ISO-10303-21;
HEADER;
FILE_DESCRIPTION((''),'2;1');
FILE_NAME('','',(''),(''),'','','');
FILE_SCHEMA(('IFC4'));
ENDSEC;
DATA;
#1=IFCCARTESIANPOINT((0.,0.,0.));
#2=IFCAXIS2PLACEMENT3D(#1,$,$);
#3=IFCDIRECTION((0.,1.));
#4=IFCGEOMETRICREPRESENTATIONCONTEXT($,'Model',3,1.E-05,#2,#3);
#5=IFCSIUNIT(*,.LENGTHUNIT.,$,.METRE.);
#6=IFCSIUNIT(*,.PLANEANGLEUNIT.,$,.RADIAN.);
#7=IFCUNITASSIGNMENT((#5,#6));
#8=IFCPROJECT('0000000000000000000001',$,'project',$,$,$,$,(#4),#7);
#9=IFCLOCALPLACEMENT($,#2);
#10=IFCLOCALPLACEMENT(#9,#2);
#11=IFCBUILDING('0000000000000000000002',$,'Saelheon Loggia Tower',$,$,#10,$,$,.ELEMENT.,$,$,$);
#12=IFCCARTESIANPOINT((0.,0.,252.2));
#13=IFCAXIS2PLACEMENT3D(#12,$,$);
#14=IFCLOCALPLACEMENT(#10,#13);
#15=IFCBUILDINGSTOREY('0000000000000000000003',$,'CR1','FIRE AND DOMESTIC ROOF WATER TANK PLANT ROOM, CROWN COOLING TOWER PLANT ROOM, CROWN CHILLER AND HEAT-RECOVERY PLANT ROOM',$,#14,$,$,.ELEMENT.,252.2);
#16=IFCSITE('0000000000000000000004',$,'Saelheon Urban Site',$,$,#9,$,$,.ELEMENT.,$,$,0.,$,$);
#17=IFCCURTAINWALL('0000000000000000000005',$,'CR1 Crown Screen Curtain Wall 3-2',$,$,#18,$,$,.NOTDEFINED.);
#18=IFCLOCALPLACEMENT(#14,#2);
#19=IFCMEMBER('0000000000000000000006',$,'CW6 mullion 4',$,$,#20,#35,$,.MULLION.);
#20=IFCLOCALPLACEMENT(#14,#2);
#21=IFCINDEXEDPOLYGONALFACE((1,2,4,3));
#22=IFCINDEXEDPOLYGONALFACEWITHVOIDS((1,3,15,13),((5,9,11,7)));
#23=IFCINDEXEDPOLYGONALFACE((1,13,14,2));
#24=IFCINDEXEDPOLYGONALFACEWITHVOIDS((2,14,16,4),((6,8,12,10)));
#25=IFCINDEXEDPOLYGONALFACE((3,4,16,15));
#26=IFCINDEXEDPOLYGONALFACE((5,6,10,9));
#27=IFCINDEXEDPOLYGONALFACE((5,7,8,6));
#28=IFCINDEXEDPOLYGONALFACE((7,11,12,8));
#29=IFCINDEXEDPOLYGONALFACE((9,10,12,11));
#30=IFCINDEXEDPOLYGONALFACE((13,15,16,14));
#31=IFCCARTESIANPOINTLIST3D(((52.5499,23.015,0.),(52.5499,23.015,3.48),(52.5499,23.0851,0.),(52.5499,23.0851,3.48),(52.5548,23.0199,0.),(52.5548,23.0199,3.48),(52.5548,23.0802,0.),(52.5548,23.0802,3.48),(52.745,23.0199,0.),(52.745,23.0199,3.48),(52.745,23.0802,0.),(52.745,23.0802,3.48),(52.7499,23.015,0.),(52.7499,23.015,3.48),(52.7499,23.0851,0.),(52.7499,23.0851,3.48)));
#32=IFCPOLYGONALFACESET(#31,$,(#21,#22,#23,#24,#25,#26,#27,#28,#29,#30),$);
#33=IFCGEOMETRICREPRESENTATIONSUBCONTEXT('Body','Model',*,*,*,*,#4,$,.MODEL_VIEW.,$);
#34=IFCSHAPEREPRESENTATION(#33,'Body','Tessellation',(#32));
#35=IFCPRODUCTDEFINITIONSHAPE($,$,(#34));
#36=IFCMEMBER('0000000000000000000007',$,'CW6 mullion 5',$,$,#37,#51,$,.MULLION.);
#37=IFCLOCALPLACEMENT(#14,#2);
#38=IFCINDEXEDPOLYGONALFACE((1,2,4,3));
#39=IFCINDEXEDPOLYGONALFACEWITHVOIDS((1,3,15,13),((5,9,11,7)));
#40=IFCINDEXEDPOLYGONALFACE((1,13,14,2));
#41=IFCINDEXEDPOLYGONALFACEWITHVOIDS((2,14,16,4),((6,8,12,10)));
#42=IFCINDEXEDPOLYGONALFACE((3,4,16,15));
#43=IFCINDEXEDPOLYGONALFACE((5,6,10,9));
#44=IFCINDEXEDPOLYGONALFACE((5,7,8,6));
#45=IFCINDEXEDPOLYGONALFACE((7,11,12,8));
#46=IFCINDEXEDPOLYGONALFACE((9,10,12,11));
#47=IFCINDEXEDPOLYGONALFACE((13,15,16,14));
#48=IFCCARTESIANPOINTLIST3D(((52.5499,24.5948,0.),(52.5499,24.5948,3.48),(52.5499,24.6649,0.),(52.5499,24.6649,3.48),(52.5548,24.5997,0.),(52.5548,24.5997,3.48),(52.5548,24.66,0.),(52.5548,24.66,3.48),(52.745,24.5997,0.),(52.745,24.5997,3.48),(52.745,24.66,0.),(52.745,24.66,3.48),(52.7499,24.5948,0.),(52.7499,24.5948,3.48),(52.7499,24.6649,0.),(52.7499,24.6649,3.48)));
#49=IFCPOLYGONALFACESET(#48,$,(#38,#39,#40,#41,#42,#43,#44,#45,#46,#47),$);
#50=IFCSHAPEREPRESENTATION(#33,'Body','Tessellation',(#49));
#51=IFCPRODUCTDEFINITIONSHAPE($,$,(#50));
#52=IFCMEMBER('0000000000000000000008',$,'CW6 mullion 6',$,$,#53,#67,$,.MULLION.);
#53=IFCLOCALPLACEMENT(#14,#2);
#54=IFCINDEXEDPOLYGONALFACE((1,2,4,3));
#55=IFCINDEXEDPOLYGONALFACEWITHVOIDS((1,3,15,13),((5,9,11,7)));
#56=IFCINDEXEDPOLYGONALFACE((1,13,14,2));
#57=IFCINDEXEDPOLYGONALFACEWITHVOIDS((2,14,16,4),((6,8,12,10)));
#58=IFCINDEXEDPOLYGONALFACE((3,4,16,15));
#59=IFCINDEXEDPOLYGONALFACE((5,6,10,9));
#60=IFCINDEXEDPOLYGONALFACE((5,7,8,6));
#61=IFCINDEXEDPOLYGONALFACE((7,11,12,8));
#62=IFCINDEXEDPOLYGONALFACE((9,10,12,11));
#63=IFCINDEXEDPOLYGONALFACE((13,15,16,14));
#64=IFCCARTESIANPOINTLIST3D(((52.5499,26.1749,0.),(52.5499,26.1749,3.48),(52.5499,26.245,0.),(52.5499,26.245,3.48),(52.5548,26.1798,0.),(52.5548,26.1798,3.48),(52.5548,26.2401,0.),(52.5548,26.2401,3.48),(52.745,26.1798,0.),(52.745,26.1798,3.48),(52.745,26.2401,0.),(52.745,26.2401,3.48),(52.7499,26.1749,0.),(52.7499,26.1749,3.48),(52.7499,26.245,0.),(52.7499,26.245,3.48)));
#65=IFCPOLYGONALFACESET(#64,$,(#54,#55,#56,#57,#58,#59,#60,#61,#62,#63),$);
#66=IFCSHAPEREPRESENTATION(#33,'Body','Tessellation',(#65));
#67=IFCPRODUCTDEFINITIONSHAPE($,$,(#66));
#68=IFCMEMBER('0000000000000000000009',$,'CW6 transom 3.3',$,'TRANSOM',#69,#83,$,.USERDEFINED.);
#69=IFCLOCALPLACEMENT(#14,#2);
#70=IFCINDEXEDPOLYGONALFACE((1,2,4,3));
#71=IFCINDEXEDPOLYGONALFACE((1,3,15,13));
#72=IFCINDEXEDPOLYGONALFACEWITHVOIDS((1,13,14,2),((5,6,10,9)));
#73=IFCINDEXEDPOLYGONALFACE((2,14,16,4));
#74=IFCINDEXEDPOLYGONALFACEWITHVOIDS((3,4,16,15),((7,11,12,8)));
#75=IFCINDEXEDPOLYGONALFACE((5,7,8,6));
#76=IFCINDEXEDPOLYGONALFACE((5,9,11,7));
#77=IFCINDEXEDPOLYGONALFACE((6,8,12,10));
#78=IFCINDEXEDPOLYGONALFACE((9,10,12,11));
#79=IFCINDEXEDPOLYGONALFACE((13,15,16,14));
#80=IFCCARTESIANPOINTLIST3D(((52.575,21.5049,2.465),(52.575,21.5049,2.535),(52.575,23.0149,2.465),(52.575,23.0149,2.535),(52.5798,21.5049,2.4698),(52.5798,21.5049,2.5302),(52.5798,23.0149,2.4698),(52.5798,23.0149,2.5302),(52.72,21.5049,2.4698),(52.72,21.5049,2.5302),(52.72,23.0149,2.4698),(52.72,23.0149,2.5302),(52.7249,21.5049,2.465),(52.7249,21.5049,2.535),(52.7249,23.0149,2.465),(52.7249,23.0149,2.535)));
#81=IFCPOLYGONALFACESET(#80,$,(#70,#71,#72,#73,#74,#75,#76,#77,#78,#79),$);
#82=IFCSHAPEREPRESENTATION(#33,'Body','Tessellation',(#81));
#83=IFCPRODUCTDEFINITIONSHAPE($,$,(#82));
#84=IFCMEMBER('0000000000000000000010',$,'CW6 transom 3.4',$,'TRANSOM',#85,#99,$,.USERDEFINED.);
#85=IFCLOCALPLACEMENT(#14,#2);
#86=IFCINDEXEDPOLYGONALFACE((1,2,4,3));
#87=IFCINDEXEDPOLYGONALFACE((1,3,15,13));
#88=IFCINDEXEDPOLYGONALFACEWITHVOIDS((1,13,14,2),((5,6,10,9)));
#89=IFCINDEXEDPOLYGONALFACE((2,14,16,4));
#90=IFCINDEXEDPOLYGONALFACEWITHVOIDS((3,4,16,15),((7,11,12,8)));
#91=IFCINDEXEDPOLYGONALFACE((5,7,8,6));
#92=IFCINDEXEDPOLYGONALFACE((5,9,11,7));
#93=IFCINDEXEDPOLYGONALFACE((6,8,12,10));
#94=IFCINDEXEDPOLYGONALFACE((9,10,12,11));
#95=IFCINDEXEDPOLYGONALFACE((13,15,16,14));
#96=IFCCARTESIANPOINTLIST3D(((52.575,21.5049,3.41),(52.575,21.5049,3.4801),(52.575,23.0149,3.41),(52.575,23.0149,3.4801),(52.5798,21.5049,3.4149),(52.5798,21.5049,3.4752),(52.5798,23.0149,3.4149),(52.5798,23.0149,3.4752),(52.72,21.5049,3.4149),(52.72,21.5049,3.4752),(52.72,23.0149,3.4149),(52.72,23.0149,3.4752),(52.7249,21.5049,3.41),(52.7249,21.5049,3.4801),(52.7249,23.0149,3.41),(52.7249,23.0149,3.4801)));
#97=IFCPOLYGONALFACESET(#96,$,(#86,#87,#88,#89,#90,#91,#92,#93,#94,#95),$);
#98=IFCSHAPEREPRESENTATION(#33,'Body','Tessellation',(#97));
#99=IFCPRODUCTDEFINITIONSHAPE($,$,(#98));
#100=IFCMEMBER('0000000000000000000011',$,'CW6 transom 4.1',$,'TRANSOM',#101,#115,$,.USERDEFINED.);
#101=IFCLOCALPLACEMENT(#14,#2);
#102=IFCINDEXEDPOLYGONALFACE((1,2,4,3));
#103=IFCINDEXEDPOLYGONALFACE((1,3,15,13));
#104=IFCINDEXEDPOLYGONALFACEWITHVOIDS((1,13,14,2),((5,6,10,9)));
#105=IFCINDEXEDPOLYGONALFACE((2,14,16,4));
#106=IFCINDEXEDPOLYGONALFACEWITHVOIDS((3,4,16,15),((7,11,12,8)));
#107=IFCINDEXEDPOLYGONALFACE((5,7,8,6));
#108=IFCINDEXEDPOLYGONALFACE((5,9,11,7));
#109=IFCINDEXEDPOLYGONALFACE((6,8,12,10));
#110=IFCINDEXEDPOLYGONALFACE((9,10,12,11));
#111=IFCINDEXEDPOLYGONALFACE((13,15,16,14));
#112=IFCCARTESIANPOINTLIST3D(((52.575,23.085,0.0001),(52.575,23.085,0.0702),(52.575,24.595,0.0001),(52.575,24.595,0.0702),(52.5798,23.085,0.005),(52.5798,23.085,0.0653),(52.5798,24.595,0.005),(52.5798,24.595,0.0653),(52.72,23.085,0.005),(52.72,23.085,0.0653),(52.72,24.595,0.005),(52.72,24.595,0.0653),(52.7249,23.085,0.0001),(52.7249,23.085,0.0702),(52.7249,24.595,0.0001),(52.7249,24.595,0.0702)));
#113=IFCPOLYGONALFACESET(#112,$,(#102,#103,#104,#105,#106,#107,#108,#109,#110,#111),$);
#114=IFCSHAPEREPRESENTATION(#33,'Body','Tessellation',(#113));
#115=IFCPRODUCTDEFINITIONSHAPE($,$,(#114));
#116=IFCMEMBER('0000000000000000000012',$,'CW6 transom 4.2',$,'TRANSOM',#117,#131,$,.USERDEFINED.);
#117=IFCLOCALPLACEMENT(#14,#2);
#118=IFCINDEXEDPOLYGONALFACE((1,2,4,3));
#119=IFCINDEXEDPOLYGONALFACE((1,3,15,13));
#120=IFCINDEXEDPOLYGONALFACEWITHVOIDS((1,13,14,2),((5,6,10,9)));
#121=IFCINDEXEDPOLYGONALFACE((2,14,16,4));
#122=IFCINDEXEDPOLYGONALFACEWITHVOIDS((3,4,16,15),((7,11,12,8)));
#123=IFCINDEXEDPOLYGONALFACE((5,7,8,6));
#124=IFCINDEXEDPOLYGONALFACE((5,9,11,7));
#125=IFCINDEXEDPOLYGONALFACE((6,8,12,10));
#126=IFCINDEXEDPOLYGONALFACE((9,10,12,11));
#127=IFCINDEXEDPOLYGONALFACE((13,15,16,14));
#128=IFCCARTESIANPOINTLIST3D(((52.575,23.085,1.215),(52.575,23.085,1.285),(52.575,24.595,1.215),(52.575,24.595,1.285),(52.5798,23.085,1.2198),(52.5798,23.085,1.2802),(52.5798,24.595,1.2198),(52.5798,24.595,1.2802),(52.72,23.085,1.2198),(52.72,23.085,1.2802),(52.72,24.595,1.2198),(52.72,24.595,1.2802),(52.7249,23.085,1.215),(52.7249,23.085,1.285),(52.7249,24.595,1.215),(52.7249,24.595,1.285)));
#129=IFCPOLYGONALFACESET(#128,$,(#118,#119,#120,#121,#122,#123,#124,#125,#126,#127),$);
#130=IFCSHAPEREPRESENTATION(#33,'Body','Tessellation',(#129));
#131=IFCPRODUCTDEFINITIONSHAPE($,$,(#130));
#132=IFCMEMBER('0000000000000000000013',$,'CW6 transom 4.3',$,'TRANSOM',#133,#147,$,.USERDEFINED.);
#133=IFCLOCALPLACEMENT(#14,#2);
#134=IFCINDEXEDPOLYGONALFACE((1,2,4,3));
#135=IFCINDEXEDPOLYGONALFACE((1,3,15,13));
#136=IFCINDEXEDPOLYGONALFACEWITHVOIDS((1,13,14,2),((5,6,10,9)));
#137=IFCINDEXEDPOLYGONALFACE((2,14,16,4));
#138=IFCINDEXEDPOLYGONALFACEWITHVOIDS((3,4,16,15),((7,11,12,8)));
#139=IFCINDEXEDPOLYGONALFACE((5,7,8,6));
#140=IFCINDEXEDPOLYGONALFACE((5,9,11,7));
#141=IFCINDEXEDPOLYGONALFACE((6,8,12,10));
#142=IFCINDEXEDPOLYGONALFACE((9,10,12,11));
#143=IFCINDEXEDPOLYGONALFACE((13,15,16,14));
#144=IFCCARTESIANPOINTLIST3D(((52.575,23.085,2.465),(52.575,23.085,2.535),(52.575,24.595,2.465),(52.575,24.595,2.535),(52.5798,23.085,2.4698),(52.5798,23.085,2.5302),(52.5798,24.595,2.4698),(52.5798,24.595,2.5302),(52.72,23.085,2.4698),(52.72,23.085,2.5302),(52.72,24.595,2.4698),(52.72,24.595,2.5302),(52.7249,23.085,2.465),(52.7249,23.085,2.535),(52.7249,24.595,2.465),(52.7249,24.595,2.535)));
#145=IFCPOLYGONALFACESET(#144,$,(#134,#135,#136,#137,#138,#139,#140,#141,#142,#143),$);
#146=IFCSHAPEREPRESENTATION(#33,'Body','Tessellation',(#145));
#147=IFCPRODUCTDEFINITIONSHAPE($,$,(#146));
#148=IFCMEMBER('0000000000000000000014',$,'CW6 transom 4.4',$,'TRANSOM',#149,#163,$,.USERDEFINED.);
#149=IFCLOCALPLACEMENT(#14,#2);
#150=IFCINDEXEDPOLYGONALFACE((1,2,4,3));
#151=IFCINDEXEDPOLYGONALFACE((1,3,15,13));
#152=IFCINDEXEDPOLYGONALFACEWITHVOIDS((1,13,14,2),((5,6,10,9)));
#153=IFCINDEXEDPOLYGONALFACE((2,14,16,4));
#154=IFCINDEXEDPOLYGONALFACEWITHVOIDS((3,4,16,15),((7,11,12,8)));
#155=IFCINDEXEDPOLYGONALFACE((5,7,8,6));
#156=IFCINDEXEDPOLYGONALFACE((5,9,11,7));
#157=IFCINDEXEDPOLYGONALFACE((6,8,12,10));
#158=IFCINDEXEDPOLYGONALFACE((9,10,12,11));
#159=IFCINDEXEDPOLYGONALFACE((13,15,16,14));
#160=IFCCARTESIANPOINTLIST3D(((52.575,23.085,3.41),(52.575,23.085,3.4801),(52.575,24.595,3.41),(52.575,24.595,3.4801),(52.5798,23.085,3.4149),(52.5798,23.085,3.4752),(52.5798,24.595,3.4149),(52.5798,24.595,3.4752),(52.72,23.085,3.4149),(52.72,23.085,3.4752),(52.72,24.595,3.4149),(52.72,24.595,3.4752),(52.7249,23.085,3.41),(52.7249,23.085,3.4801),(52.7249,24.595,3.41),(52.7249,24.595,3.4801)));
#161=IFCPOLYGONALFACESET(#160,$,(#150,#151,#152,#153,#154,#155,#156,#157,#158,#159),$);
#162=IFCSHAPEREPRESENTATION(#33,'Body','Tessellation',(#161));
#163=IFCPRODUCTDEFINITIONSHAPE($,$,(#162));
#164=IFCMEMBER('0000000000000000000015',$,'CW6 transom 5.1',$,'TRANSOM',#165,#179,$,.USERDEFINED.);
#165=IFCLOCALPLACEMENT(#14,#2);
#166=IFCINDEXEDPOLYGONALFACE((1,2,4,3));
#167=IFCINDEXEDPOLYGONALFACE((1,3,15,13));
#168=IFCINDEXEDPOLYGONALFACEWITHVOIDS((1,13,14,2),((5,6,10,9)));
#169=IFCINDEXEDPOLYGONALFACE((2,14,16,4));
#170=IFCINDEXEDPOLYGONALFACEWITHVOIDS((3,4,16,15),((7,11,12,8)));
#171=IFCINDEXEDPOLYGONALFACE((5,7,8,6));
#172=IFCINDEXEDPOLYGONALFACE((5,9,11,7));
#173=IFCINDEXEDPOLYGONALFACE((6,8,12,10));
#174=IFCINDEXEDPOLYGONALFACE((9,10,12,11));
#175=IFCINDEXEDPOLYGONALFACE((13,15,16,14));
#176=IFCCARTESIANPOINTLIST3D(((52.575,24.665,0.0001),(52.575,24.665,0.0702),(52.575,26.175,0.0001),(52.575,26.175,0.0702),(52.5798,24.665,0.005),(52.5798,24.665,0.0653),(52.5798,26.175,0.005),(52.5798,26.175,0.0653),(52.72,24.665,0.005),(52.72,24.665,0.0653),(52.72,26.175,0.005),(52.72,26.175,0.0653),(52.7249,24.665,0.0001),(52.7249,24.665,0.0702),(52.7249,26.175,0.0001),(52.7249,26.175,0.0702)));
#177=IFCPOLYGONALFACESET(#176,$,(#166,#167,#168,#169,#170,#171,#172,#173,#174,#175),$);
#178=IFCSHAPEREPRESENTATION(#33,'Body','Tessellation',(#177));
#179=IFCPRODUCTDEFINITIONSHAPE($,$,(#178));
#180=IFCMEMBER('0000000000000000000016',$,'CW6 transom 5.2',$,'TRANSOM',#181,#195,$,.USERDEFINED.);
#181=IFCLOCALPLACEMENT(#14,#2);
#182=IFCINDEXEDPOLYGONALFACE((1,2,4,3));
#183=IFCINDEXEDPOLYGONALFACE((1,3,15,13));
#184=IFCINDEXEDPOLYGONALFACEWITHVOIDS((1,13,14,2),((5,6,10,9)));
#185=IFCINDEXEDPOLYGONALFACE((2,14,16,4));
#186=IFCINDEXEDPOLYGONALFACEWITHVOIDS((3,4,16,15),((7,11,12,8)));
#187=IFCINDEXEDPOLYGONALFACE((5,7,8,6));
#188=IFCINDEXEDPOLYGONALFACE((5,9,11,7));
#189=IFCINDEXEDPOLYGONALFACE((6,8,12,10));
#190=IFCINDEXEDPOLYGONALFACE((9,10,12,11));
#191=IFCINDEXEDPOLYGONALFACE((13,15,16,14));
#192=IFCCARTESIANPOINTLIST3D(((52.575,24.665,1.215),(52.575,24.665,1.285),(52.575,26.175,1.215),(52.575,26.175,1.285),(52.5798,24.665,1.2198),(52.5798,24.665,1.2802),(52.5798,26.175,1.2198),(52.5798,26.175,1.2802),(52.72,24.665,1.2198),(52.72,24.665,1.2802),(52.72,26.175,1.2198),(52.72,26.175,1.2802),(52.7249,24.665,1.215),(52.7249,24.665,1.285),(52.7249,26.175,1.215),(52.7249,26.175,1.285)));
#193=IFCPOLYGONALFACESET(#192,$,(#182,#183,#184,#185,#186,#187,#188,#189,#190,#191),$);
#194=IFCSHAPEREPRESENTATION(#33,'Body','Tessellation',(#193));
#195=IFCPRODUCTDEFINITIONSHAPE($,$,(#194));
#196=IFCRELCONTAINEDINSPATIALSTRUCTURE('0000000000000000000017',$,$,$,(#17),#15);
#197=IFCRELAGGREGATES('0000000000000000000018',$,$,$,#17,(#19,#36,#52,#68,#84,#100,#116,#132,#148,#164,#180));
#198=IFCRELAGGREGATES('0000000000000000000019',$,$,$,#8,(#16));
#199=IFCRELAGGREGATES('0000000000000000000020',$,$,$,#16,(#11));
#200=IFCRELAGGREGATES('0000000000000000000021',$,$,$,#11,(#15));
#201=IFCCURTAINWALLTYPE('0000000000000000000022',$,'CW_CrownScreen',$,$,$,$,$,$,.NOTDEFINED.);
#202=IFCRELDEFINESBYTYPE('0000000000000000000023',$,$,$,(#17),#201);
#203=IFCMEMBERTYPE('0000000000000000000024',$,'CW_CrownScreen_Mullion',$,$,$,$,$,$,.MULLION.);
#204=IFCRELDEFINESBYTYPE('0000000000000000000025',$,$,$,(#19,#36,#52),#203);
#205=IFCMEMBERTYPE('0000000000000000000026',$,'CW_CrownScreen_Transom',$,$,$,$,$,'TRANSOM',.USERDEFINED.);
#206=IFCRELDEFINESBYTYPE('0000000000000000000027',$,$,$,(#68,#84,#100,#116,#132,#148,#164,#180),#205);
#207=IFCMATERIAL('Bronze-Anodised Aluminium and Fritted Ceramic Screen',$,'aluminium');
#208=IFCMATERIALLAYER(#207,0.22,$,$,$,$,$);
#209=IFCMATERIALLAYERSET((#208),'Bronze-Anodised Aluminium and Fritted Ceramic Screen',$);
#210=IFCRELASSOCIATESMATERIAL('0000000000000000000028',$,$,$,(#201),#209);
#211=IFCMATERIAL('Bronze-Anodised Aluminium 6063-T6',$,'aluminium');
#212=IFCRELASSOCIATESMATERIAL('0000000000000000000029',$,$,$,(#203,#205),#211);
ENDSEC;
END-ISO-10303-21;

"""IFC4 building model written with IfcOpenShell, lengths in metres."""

from ifc_helpers import new_model, si_unit, direction, frame, origin, origin_2d, place, context, subcontext, project, spatial, hollow_rectangle, extrude, source, transform, mapped, material, layer, layer_set, material_profile, profile_set, type_object, element, aggregate, save


model = new_model("IFC4")

# Units and contexts
model_context = context("Model", 3, precision=1e-05, world=origin(), true_north=direction((0.0, 1.0)))
body_context = subcontext(model_context, "Body", "Model", "MODEL_VIEW")
ifc_project = project(units=[si_unit("LENGTHUNIT", "METRE"), si_unit("PLANEANGLEUNIT", "RADIAN")], contexts=[model_context])

# Site, building, storey
site_placement = place(None, origin())
site = spatial("IfcSite", under=ifc_project, at=site_placement, Name="Saelheon Urban Site", CompositionType="ELEMENT", RefElevation=0.0)
building_placement = place(site_placement, origin())
building = spatial("IfcBuilding", under=site, at=building_placement, Name="Saelheon Loggia Tower", CompositionType="ELEMENT")
storey_placement = place(building_placement, frame((0.0, 0.0, 252.2)))
storey = spatial("IfcBuildingStorey", under=building, at=storey_placement, Name="CR1", Description="FIRE AND DOMESTIC ROOF WATER TANK PLANT ROOM, CROWN COOLING TOWER PLANT ROOM, CROWN CHILLER AND HEAT-RECOVERY PLANT ROOM", CompositionType="ELEMENT", Elevation=252.2)

# Curtain wall, members
ifc_material_1 = material(Name="Bronze-Anodised Aluminium and Fritted Ceramic Screen", Category="aluminium")
ifc_layer_1 = layer(ifc_material_1, 0.22)
ifc_layer_set_1 = layer_set([ifc_layer_1], Name="Bronze-Anodised Aluminium and Fritted Ceramic Screen")
curtain_wall_type = type_object("IfcCurtainWallType", Name="CW_CrownScreen", PredefinedType="NOTDEFINED", material=ifc_layer_set_1)
curtain_wall_placement = place(storey_placement, origin())
curtain_wall = element("IfcCurtainWall", 1, at=curtain_wall_placement, inside=storey, type_object=curtain_wall_type, Name="CR1 Crown Screen Curtain Wall 3-2", PredefinedType="NOTDEFINED")
ifc_material_2 = material(Name="Bronze-Anodised Aluminium 6063-T6", Category="aluminium")
ifc_material_profile_1 = material_profile(ifc_material_2, hollow_rectangle(XDim=0.0701, YDim=0.2, WallThickness=0.0049, at=origin_2d()), Name="RHS-200x70x5")
ifc_profile_set_1 = profile_set([ifc_material_profile_1], Name="Bronze-Anodised Aluminium 6063-T6")
member_type_1 = type_object("IfcMemberType", Name="CW_CrownScreen_Mullion", PredefinedType="MULLION", material=ifc_profile_set_1)
shared_shape_1 = source(origin(), body_context, "Body", "SweptSolid", [
    extrude(hollow_rectangle(XDim=0.0701, YDim=0.2, WallThickness=0.0049, at=origin_2d()), origin(), (0.0, 0.0, 1.0), 3.48),
])
member_1_placement = place(storey_placement, frame((52.6499, 23.05, 0.0), z_axis=(0.0, 0.0, 1.0), x_axis=(0.0, 1.0, 0.0)))
member_1 = element("IfcMember", 2, at=member_1_placement, type_object=member_type_1, Name="CW6 mullion 4", PredefinedType="MULLION", context=body_context, shape_type="MappedRepresentation", body=[
    mapped(shared_shape_1, transform((0.0, 0.0, 0.0), scale=1.0)),
])
member_2_placement = place(storey_placement, frame((52.6499, 24.6299, 0.0), z_axis=(0.0, 0.0, 1.0), x_axis=(0.0, 1.0, 0.0)))
member_2 = element("IfcMember", 3, at=member_2_placement, type_object=member_type_1, Name="CW6 mullion 5", PredefinedType="MULLION", context=body_context, shape_type="MappedRepresentation", body=[
    mapped(shared_shape_1, transform((0.0, 0.0, 0.0), scale=1.0)),
])
member_3_placement = place(storey_placement, frame((52.6499, 26.21, 0.0), z_axis=(0.0, 0.0, 1.0), x_axis=(0.0, 1.0, 0.0)))
member_3 = element("IfcMember", 4, at=member_3_placement, type_object=member_type_1, Name="CW6 mullion 6", PredefinedType="MULLION", context=body_context, shape_type="MappedRepresentation", body=[
    mapped(shared_shape_1, transform((0.0, 0.0, 0.0), scale=1.0)),
])
ifc_material_profile_2 = material_profile(ifc_material_2, hollow_rectangle(XDim=0.0701, YDim=0.1499, WallThickness=0.0049, at=origin_2d()), Name="RHS-150x70x5")
ifc_profile_set_2 = profile_set([ifc_material_profile_2], Name="Bronze-Anodised Aluminium 6063-T6")
member_type_2 = type_object("IfcMemberType", Name="CW_CrownScreen_Transom", ElementType="TRANSOM", PredefinedType="USERDEFINED", material=ifc_profile_set_2)
shared_shape_2 = source(origin(), body_context, "Body", "SweptSolid", [
    extrude(hollow_rectangle(XDim=0.0701, YDim=0.1499, WallThickness=0.0049, at=origin_2d()), origin(), (0.0, 0.0, 1.0), 1.51),
])
member_4_placement = place(storey_placement, frame((52.6499, 21.5049, 2.5), z_axis=(0.0, 1.0, 0.0), x_axis=(0.0, 0.0, 1.0)))
member_4 = element("IfcMember", 5, at=member_4_placement, type_object=member_type_2, Name="CW6 transom 3.3", ObjectType="TRANSOM", PredefinedType="USERDEFINED", context=body_context, shape_type="MappedRepresentation", body=[
    mapped(shared_shape_2, transform((0.0, 0.0, 0.0), scale=1.0)),
])
member_5_placement = place(storey_placement, frame((52.6499, 21.5049, 3.4451), z_axis=(0.0, 1.0, 0.0), x_axis=(0.0, 0.0, 1.0)))
member_5 = element("IfcMember", 6, at=member_5_placement, type_object=member_type_2, Name="CW6 transom 3.4", ObjectType="TRANSOM", PredefinedType="USERDEFINED", context=body_context, shape_type="MappedRepresentation", body=[
    mapped(shared_shape_2, transform((0.0, 0.0, 0.0), scale=1.0)),
])
member_6_placement = place(storey_placement, frame((52.6499, 23.085, 0.0352), z_axis=(0.0, 1.0, 0.0), x_axis=(0.0, 0.0, 1.0)))
member_6 = element("IfcMember", 7, at=member_6_placement, type_object=member_type_2, Name="CW6 transom 4.1", ObjectType="TRANSOM", PredefinedType="USERDEFINED", context=body_context, shape_type="MappedRepresentation", body=[
    mapped(shared_shape_2, transform((0.0, 0.0, 0.0), scale=1.0)),
])
member_7_placement = place(storey_placement, frame((52.6499, 23.085, 1.25), z_axis=(0.0, 1.0, 0.0), x_axis=(0.0, 0.0, 1.0)))
member_7 = element("IfcMember", 8, at=member_7_placement, type_object=member_type_2, Name="CW6 transom 4.2", ObjectType="TRANSOM", PredefinedType="USERDEFINED", context=body_context, shape_type="MappedRepresentation", body=[
    mapped(shared_shape_2, transform((0.0, 0.0, 0.0), scale=1.0)),
])
member_8_placement = place(storey_placement, frame((52.6499, 23.085, 2.5), z_axis=(0.0, 1.0, 0.0), x_axis=(0.0, 0.0, 1.0)))
member_8 = element("IfcMember", 9, at=member_8_placement, type_object=member_type_2, Name="CW6 transom 4.3", ObjectType="TRANSOM", PredefinedType="USERDEFINED", context=body_context, shape_type="MappedRepresentation", body=[
    mapped(shared_shape_2, transform((0.0, 0.0, 0.0), scale=1.0)),
])
member_9_placement = place(storey_placement, frame((52.6499, 23.085, 3.4451), z_axis=(0.0, 1.0, 0.0), x_axis=(0.0, 0.0, 1.0)))
member_9 = element("IfcMember", 10, at=member_9_placement, type_object=member_type_2, Name="CW6 transom 4.4", ObjectType="TRANSOM", PredefinedType="USERDEFINED", context=body_context, shape_type="MappedRepresentation", body=[
    mapped(shared_shape_2, transform((0.0, 0.0, 0.0), scale=1.0)),
])
member_10_placement = place(storey_placement, frame((52.6499, 24.665, 0.0352), z_axis=(0.0, 1.0, 0.0), x_axis=(0.0, 0.0, 1.0)))
member_10 = element("IfcMember", 11, at=member_10_placement, type_object=member_type_2, Name="CW6 transom 5.1", ObjectType="TRANSOM", PredefinedType="USERDEFINED", context=body_context, shape_type="MappedRepresentation", body=[
    mapped(shared_shape_2, transform((0.0, 0.0, 0.0), scale=1.0)),
])
member_11_placement = place(storey_placement, frame((52.6499, 24.665, 1.25), z_axis=(0.0, 1.0, 0.0), x_axis=(0.0, 0.0, 1.0)))
member_11 = element("IfcMember", 12, at=member_11_placement, type_object=member_type_2, Name="CW6 transom 5.2", ObjectType="TRANSOM", PredefinedType="USERDEFINED", context=body_context, shape_type="MappedRepresentation", body=[
    mapped(shared_shape_2, transform((0.0, 0.0, 0.0), scale=1.0)),
])
aggregate(curtain_wall, [member_1, member_2, member_3, member_4, member_5, member_6, member_7, member_8, member_9, member_10, member_11])

save(model, "model.ifc")
